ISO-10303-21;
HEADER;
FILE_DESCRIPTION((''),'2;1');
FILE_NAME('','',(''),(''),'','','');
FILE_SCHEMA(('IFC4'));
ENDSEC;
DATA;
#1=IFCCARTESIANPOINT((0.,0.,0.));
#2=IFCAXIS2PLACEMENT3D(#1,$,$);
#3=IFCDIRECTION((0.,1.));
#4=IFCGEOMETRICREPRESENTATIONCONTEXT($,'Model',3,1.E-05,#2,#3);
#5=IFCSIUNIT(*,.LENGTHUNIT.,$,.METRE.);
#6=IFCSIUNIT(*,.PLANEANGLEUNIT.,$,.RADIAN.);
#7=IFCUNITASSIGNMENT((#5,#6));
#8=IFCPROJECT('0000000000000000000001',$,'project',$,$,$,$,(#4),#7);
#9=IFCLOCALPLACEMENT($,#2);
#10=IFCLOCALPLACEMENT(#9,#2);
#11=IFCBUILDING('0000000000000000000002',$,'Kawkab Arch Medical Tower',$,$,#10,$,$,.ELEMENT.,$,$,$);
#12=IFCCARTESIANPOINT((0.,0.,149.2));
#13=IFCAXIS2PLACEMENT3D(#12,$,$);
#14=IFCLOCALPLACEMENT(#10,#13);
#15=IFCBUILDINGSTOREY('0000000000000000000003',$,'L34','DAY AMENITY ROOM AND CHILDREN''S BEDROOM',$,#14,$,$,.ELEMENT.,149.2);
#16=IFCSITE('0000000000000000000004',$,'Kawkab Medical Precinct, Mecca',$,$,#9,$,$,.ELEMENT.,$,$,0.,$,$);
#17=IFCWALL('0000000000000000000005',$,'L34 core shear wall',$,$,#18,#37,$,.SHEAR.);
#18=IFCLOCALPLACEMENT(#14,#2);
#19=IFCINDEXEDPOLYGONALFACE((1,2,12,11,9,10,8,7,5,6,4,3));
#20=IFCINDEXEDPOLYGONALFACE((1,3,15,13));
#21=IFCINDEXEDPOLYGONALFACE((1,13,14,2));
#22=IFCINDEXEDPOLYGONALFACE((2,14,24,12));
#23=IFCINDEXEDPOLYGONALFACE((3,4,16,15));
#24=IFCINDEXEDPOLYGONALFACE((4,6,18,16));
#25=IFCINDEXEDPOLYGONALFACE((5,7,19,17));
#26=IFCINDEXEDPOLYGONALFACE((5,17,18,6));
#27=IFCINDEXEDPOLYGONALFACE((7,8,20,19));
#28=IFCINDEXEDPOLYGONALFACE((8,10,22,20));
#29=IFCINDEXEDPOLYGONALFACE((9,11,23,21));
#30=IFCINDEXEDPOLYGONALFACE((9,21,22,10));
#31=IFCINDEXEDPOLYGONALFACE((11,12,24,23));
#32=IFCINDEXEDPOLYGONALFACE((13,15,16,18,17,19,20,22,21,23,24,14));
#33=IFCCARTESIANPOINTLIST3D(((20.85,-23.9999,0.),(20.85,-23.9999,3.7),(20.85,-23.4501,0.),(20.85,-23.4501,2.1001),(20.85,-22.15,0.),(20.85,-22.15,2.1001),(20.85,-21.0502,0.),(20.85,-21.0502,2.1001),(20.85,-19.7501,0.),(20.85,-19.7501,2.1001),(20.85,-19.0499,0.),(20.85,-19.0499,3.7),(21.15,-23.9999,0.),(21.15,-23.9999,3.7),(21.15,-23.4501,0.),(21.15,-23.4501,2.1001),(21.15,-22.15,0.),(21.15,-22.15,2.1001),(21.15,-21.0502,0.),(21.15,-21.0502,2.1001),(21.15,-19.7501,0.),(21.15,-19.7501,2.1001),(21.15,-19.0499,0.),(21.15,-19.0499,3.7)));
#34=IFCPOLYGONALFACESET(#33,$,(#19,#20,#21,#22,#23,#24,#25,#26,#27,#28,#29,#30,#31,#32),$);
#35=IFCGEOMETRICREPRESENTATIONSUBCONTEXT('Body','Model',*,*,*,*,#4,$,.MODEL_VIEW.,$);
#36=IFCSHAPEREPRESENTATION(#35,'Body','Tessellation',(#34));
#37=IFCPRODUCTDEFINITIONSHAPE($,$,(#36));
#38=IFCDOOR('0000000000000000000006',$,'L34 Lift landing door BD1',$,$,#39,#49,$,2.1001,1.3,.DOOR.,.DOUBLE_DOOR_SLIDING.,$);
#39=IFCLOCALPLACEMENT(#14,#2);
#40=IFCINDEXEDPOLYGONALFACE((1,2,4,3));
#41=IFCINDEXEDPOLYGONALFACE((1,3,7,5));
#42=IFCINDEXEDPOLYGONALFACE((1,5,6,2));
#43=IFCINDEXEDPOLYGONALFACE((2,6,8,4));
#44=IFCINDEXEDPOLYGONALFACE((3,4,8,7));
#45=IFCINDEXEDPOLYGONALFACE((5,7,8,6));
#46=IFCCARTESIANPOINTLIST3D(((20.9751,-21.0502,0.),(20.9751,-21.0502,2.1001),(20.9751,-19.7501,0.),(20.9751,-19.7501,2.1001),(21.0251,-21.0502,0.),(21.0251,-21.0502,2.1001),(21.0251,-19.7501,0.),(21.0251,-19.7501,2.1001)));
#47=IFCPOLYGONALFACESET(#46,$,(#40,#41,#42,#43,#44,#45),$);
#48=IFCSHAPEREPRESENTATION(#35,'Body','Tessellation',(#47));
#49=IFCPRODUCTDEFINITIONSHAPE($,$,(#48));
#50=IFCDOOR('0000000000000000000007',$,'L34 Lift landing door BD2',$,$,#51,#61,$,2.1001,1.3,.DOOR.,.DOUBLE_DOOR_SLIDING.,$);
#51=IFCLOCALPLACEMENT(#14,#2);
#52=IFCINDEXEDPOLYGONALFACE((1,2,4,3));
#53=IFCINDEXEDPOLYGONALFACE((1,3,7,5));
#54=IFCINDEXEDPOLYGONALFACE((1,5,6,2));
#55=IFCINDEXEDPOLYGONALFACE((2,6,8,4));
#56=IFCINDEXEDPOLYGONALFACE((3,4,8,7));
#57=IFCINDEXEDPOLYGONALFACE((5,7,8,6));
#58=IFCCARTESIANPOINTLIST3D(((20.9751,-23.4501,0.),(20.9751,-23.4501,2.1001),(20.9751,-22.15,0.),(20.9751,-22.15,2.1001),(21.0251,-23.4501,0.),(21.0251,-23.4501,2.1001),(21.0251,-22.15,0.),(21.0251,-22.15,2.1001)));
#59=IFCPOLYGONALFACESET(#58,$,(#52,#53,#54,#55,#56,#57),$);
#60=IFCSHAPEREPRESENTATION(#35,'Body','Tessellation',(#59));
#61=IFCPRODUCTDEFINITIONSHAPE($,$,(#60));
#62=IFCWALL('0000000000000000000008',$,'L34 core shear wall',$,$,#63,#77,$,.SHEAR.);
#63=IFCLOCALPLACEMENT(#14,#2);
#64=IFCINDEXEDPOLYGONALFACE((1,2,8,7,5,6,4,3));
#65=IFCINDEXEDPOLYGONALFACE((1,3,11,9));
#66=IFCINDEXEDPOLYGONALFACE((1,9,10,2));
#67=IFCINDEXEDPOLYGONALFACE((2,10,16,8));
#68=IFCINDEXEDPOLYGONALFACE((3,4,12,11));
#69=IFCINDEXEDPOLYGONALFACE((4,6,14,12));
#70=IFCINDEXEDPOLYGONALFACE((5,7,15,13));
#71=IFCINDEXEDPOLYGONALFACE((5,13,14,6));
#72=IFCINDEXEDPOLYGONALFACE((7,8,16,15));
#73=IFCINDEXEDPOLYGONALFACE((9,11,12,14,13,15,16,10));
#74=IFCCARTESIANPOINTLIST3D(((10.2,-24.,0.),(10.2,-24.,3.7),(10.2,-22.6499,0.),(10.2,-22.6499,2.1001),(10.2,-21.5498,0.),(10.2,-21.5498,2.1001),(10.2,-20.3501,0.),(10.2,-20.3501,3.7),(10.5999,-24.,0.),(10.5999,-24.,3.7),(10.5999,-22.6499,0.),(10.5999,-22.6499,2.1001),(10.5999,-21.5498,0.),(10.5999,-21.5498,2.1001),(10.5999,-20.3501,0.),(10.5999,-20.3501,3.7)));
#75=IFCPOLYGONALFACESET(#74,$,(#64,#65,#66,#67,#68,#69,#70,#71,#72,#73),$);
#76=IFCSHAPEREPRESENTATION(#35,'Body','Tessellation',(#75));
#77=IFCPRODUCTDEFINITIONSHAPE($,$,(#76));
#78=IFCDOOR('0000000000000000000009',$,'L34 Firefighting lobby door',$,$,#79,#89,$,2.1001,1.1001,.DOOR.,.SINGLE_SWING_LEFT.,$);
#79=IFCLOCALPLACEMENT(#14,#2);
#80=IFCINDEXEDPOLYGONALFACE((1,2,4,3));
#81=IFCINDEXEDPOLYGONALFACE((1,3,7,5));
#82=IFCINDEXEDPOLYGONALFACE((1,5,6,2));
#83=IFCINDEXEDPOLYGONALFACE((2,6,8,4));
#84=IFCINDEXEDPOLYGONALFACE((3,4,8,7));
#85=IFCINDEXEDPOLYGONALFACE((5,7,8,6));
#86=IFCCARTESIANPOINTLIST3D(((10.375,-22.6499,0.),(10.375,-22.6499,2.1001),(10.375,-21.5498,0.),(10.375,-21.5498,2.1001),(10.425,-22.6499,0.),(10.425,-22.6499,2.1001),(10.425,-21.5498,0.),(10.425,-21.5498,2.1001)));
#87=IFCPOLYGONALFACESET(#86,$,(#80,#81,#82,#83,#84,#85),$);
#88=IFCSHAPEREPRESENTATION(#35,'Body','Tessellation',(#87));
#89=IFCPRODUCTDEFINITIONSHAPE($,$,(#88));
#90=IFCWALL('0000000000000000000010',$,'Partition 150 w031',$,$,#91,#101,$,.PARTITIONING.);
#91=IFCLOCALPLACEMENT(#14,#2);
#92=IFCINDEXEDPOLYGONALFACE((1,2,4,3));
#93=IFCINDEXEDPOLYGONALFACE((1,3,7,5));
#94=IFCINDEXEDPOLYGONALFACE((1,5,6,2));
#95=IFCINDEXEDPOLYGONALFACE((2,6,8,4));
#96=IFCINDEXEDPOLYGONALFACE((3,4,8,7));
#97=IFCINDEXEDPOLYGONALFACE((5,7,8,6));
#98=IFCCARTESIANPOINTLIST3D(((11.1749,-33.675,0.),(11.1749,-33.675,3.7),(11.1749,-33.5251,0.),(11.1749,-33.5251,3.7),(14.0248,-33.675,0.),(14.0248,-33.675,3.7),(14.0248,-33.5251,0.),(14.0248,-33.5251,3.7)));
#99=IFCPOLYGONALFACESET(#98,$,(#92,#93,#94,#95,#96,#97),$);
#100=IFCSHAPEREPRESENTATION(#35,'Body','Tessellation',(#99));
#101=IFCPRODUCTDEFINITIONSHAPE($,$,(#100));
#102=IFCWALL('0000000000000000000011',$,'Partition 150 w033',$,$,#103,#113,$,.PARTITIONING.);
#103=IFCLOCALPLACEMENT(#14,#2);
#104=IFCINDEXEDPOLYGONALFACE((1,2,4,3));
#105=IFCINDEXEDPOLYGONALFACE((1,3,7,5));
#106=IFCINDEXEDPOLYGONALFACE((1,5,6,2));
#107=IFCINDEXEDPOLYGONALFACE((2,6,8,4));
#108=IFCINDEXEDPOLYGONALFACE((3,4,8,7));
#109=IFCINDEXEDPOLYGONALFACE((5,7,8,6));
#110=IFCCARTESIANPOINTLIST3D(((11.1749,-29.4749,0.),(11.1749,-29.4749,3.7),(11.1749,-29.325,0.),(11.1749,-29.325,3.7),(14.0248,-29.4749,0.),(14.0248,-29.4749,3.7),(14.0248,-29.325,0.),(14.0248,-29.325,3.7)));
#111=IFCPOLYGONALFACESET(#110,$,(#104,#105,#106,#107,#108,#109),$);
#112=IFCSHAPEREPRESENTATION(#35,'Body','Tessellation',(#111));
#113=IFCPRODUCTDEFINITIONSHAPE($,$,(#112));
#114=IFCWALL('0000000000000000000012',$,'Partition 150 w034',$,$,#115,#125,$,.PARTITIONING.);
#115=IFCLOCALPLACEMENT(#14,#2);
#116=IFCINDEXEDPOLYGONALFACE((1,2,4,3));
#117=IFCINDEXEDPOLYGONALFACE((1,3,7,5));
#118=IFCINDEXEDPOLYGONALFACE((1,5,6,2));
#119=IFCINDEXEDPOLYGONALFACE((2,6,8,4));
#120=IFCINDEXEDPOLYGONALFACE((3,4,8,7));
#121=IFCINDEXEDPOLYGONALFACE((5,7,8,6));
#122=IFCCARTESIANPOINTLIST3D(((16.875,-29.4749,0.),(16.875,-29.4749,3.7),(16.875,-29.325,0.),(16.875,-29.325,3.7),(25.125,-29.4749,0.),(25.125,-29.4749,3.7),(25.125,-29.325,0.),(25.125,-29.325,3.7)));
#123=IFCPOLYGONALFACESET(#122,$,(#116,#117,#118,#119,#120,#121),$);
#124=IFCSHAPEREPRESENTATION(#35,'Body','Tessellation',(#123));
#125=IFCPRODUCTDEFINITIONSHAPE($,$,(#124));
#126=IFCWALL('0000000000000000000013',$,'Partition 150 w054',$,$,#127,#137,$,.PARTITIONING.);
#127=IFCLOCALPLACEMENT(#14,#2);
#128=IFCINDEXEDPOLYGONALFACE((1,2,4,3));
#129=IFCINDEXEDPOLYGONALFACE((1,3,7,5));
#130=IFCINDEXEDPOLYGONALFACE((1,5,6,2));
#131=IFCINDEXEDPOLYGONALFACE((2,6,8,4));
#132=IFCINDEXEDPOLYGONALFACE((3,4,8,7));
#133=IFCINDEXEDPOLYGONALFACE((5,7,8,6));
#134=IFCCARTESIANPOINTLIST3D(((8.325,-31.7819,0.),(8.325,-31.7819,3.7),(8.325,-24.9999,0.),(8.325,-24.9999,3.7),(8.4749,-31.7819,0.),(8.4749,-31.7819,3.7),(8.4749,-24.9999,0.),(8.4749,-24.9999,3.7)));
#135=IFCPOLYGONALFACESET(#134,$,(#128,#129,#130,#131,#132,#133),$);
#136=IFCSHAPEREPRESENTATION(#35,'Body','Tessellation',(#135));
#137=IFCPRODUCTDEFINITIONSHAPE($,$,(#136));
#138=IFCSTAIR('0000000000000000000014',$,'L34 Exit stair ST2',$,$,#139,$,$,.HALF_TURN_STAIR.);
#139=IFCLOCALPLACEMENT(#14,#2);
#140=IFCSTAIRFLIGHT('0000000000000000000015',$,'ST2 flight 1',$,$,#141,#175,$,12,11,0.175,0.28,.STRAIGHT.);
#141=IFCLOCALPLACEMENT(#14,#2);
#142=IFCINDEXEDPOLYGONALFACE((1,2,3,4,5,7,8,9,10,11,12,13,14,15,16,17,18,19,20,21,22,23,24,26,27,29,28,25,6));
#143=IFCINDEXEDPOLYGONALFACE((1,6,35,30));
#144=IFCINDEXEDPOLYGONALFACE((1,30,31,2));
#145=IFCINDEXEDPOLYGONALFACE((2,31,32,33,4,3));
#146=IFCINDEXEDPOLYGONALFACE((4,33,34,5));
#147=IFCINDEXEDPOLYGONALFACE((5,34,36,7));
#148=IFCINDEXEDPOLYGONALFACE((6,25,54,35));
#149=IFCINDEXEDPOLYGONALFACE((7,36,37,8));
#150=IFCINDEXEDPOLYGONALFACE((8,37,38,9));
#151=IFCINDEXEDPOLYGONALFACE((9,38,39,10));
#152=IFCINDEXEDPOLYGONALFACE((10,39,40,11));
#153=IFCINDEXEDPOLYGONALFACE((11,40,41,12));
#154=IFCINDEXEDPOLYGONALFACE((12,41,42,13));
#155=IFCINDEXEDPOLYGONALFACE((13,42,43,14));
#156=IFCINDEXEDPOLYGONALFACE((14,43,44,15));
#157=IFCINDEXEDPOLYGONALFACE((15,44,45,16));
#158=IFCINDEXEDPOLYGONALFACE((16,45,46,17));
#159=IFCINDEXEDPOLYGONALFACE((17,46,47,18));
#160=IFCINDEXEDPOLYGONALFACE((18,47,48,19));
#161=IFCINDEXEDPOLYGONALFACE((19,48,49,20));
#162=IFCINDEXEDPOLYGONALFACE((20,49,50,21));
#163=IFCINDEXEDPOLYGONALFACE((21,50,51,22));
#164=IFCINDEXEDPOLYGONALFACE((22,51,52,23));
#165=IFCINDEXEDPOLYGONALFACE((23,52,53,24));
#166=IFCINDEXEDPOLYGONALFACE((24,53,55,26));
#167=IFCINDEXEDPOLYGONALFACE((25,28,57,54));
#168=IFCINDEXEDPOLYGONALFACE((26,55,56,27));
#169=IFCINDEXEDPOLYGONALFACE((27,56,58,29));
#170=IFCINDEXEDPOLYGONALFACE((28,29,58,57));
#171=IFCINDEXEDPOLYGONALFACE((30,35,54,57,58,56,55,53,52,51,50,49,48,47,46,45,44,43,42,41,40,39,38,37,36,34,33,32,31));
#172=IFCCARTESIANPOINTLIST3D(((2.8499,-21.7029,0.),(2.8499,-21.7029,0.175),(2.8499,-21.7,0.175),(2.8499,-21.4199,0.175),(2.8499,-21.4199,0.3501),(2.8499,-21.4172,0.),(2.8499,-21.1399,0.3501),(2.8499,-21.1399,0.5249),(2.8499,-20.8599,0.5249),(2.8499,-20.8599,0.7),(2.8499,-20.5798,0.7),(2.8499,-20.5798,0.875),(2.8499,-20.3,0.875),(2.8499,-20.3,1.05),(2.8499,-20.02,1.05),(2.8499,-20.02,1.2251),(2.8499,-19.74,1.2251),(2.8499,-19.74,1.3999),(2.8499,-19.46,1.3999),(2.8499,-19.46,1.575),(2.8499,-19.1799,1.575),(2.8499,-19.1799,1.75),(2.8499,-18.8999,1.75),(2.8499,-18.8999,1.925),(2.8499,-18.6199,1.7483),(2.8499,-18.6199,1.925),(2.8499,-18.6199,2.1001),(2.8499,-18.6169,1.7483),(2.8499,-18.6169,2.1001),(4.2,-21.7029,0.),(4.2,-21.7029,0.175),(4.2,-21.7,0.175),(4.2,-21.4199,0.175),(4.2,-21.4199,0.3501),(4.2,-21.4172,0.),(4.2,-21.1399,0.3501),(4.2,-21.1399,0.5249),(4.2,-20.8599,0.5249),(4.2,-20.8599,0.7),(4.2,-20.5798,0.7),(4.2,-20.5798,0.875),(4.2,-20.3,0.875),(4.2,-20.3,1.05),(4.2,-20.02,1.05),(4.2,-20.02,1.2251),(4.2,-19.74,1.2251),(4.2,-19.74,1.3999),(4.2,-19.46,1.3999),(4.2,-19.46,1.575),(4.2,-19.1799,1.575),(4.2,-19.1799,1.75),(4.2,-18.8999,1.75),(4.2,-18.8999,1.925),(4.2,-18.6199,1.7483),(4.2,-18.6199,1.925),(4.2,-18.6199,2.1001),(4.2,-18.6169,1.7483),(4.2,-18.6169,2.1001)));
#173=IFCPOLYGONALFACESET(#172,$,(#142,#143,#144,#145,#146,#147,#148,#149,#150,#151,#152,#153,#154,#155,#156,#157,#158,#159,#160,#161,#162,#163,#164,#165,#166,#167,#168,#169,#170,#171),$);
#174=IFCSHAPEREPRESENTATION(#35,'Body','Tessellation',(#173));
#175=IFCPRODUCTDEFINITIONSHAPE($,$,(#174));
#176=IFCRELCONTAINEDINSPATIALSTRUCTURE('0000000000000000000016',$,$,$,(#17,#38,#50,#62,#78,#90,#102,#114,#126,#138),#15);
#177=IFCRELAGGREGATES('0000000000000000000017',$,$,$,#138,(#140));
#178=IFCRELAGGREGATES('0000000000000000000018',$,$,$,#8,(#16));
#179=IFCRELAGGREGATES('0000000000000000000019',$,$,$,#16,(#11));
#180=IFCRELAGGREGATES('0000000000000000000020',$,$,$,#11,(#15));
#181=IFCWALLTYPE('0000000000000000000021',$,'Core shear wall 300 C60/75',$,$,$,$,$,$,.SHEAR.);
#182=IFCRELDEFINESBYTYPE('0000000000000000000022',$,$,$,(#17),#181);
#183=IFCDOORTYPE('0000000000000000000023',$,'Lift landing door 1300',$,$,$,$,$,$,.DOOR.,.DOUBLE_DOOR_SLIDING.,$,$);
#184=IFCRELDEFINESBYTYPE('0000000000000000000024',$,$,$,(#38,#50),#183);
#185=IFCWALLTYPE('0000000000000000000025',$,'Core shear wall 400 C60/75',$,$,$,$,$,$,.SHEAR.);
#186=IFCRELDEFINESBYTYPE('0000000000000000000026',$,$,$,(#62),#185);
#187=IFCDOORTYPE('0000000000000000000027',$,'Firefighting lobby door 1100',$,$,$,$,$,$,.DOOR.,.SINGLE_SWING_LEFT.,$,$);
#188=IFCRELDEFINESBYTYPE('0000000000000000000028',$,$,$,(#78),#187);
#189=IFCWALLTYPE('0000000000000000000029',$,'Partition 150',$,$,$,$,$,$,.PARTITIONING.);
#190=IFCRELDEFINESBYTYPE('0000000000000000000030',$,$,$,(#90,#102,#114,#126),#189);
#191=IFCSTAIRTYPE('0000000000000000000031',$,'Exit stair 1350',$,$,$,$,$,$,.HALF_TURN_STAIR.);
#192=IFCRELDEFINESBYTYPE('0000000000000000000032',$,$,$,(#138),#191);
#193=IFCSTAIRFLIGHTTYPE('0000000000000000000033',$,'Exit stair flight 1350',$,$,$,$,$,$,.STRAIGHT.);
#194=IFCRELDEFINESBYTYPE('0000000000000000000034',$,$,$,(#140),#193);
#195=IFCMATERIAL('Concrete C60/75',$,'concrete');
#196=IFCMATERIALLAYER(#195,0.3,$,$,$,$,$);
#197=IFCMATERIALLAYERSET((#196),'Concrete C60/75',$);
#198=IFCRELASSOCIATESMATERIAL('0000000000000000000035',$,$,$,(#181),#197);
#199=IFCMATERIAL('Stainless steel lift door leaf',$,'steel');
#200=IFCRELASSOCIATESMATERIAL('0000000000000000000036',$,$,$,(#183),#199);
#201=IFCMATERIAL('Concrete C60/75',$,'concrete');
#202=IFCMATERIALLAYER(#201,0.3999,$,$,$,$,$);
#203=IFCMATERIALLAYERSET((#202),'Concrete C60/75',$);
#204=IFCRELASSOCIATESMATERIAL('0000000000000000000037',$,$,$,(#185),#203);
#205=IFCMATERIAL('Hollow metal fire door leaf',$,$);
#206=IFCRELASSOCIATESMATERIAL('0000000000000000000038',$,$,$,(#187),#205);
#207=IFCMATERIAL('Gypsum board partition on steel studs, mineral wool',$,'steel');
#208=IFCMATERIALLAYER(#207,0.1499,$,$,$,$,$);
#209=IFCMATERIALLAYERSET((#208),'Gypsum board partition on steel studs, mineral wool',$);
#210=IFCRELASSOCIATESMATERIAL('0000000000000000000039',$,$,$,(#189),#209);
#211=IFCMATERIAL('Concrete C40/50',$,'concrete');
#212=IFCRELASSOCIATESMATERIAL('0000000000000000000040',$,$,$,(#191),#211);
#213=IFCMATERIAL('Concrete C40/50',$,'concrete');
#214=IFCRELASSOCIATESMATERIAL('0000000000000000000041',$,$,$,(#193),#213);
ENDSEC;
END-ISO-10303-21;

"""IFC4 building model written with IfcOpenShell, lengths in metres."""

from ifc_helpers import new_model, si_unit, direction, frame, frame_2d, origin, place, context, subcontext, project, spatial, polyline, rectangle, outline, extrude, material, layer, layer_set, type_object, element, fill, aggregate, save


model = new_model("IFC4")

# Units and contexts
model_context = context("Model", 3, precision=1e-05, world=origin(), true_north=direction((0.0, 1.0)))
body_context = subcontext(model_context, "Body", "Model", "MODEL_VIEW")
ifc_project = project(units=[si_unit("LENGTHUNIT", "METRE"), si_unit("PLANEANGLEUNIT", "RADIAN")], contexts=[model_context])

# Site, building, storey
site_placement = place(None, origin())
site = spatial("IfcSite", under=ifc_project, at=site_placement, Name="Kawkab Medical Precinct, Mecca", CompositionType="ELEMENT", RefElevation=0.0)
building_placement = place(site_placement, origin())
building = spatial("IfcBuilding", under=site, at=building_placement, Name="Kawkab Arch Medical Tower", CompositionType="ELEMENT")
storey_placement = place(building_placement, frame((0.0, 0.0, 149.2)))
storey = spatial("IfcBuildingStorey", under=building, at=storey_placement, Name="L34", Description="DAY AMENITY ROOM AND CHILDREN'S BEDROOM", CompositionType="ELEMENT", Elevation=149.2)

# Wall, openings, doors
ifc_material_1 = material(Name="Concrete C60/75", Category="concrete")
ifc_layer_1 = layer(ifc_material_1, 0.3)
ifc_layer_set_1 = layer_set([ifc_layer_1], Name="Concrete C60/75")
wall_type_1 = type_object("IfcWallType", Name="Core shear wall 300 C60/75", PredefinedType="SHEAR", material=ifc_layer_set_1)
wall_1_placement = place(storey_placement, frame((21.0, -24.0, 0.0), z_axis=(0.0, 0.0, 1.0), x_axis=(0.0, 1.0, 0.0)))
wall_1 = element("IfcWall", 1, at=wall_1_placement, inside=storey, type_object=wall_type_1, Name="L34 core shear wall", PredefinedType="SHEAR", context=body_context, shape_type="SweptSolid", body=[
    extrude(rectangle(XDim=4.95, YDim=0.3, at=frame_2d((2.4751, 0.0))), origin(), (0.0, 0.0, 1.0), 3.7),
])
opening_1_placement = place(wall_1_placement, frame((2.95, 0.0, 0.0)))
opening_1 = element("IfcOpeningElement", 2, at=opening_1_placement, cuts=wall_1, PredefinedType="OPENING", context=body_context, shape_type="SweptSolid", body=[
    extrude(rectangle(XDim=1.3, YDim=2.1001, at=frame_2d((0.6499, 1.05))), frame((0.0, 0.1599, 0.0), z_axis=(0.0, -1.0, 0.0), x_axis=(1.0, 0.0, 0.0)), (0.0, 0.0, 1.0), 0.3201),
])
opening_2_placement = place(wall_1_placement, frame((0.55, 0.0, 0.0)))
opening_2 = element("IfcOpeningElement", 3, at=opening_2_placement, cuts=wall_1, PredefinedType="OPENING", context=body_context, shape_type="SweptSolid", body=[
    extrude(rectangle(XDim=1.3, YDim=2.1001, at=frame_2d((0.6499, 1.05))), frame((0.0, 0.1599, 0.0), z_axis=(0.0, -1.0, 0.0), x_axis=(1.0, 0.0, 0.0)), (0.0, 0.0, 1.0), 0.3201),
])
ifc_material_2 = material(Name="Stainless steel lift door leaf", Category="steel")
door_type_1 = type_object("IfcDoorType", Name="Lift landing door 1300", OperationType="DOUBLE_DOOR_SLIDING", PredefinedType="DOOR", material=ifc_material_2)
door_1_placement = place(opening_1_placement, origin())
door_1 = element("IfcDoor", 4, at=door_1_placement, inside=storey, type_object=door_type_1, Name="L34 Lift landing door BD1", OperationType="DOUBLE_DOOR_SLIDING", OverallHeight=2.1001, OverallWidth=1.3, PredefinedType="DOOR", context=body_context, shape_type="SweptSolid", body=[
    extrude(rectangle(XDim=1.3, YDim=2.1001, at=frame_2d((0.6499, 1.05))), frame((0.0, 0.0249, 0.0), z_axis=(0.0, -1.0, 0.0), x_axis=(1.0, 0.0, 0.0)), (0.0, 0.0, 1.0), 0.05),
])
fill(opening_1, door_1)
door_2_placement = place(opening_2_placement, origin())
door_2 = element("IfcDoor", 5, at=door_2_placement, inside=storey, type_object=door_type_1, Name="L34 Lift landing door BD2", OperationType="DOUBLE_DOOR_SLIDING", OverallHeight=2.1001, OverallWidth=1.3, PredefinedType="DOOR", context=body_context, shape_type="SweptSolid", body=[
    extrude(rectangle(XDim=1.3, YDim=2.1001, at=frame_2d((0.6499, 1.05))), frame((0.0, 0.0249, 0.0), z_axis=(0.0, -1.0, 0.0), x_axis=(1.0, 0.0, 0.0)), (0.0, 0.0, 1.0), 0.05),
])
fill(opening_2, door_2)

# Wall, opening, door
ifc_material_3 = material(Name="Concrete C60/75", Category="concrete")
ifc_layer_2 = layer(ifc_material_3, 0.3999)
ifc_layer_set_2 = layer_set([ifc_layer_2], Name="Concrete C60/75")
wall_type_2 = type_object("IfcWallType", Name="Core shear wall 400 C60/75", PredefinedType="SHEAR", material=ifc_layer_set_2)
wall_2_placement = place(storey_placement, frame((10.3999, -24.0, 0.0), z_axis=(0.0, 0.0, 1.0), x_axis=(0.0, 1.0, 0.0)))
wall_2 = element("IfcWall", 6, at=wall_2_placement, inside=storey, type_object=wall_type_2, Name="L34 core shear wall", PredefinedType="SHEAR", context=body_context, shape_type="SweptSolid", body=[
    extrude(rectangle(XDim=3.6499, YDim=0.3999, at=frame_2d((1.825, 0.0))), origin(), (0.0, 0.0, 1.0), 3.7),
])
opening_3_placement = place(wall_2_placement, frame((1.3501, 0.0, 0.0)))
opening_3 = element("IfcOpeningElement", 7, at=opening_3_placement, cuts=wall_2, PredefinedType="OPENING", context=body_context, shape_type="SweptSolid", body=[
    extrude(rectangle(XDim=1.1001, YDim=2.1001, at=frame_2d((0.55, 1.05))), frame((0.0, 0.21, 0.0), z_axis=(0.0, -1.0, 0.0), x_axis=(1.0, 0.0, 0.0)), (0.0, 0.0, 1.0), 0.4199),
])
ifc_material_4 = material(Name="Hollow metal fire door leaf")
door_type_2 = type_object("IfcDoorType", Name="Firefighting lobby door 1100", OperationType="SINGLE_SWING_LEFT", PredefinedType="DOOR", material=ifc_material_4)
door_3_placement = place(opening_3_placement, origin())
door_3 = element("IfcDoor", 8, at=door_3_placement, inside=storey, type_object=door_type_2, Name="L34 Firefighting lobby door", OperationType="SINGLE_SWING_LEFT", OverallHeight=2.1001, OverallWidth=1.1001, PredefinedType="DOOR", context=body_context, shape_type="SweptSolid", body=[
    extrude(rectangle(XDim=1.1001, YDim=2.1001, at=frame_2d((0.55, 1.05))), frame((0.0, 0.0249, 0.0), z_axis=(0.0, -1.0, 0.0), x_axis=(1.0, 0.0, 0.0)), (0.0, 0.0, 1.0), 0.05),
])
fill(opening_3, door_3)

# Walls
ifc_material_5 = material(Name="Gypsum board partition on steel studs, mineral wool", Category="steel")
ifc_layer_3 = layer(ifc_material_5, 0.1499)
ifc_layer_set_3 = layer_set([ifc_layer_3], Name="Gypsum board partition on steel studs, mineral wool")
wall_type_3 = type_object("IfcWallType", Name="Partition 150", PredefinedType="PARTITIONING", material=ifc_layer_set_3)
for number, where, z_axis, x_axis, name in (
    (9, (11.175, -33.6001, 0.0), (0.0, 0.0, 1.0), (1.0, 0.0, 0.0), "Partition 150 w031"),
    (10, (11.175, -29.3999, 0.0), (0.0, 0.0, 1.0), (1.0, 0.0, 0.0), "Partition 150 w033"),
):
    element("IfcWall", number, at=place(storey_placement, frame(where, z_axis=z_axis, x_axis=x_axis)), inside=storey, type_object=wall_type_3, Name=name, PredefinedType="PARTITIONING", context=body_context, shape_type="SweptSolid", body=[
        extrude(rectangle(XDim=2.8499, YDim=0.1499, at=frame_2d((1.4248, 0.0))), origin(), (0.0, 0.0, 1.0), 3.7),
    ])
wall_3_placement = place(storey_placement, frame((16.875, -29.3999, 0.0), z_axis=(0.0, 0.0, 1.0), x_axis=(1.0, 0.0, 0.0)))
element("IfcWall", 11, at=wall_3_placement, inside=storey, type_object=wall_type_3, Name="Partition 150 w034", PredefinedType="PARTITIONING", context=body_context, shape_type="SweptSolid", body=[
    extrude(rectangle(XDim=8.25, YDim=0.1499, at=frame_2d((4.125, 0.0))), origin(), (0.0, 0.0, 1.0), 3.7),
])
wall_4_placement = place(storey_placement, frame((8.3999, -31.782, 0.0), z_axis=(0.0, 0.0, 1.0), x_axis=(0.0, 1.0, 0.0)))
element("IfcWall", 12, at=wall_4_placement, inside=storey, type_object=wall_type_3, Name="Partition 150 w054", PredefinedType="PARTITIONING", context=body_context, shape_type="SweptSolid", body=[
    extrude(rectangle(XDim=6.782, YDim=0.1499, at=frame_2d((3.3911, 0.0))), origin(), (0.0, 0.0, 1.0), 3.7),
])

# Stair, stair flight
ifc_material_6 = material(Name="Concrete C40/50", Category="concrete")
stair_type = type_object("IfcStairType", Name="Exit stair 1350", PredefinedType="HALF_TURN_STAIR", material=ifc_material_6)
placement = place(storey_placement, origin())
stair_1 = element("IfcStair", 13, at=placement, inside=storey, type_object=stair_type, Name="L34 Exit stair ST2", PredefinedType="HALF_TURN_STAIR")
ifc_material_7 = material(Name="Concrete C40/50", Category="concrete")
stair_flight_type = type_object("IfcStairFlightType", Name="Exit stair flight 1350", PredefinedType="STRAIGHT", material=ifc_material_7)
stair_flight_1_placement = place(storey_placement, frame((3.5249, -21.7, 0.0), z_axis=(0.0, 0.0, 1.0), x_axis=(0.0, 1.0, 0.0)))
stair_flight_1 = element("IfcStairFlight", 14, at=stair_flight_1_placement, type_object=stair_flight_type, Name="ST2 flight 1", NumberOfRisers=12, NumberOfTreads=11, PredefinedType="STRAIGHT", RiserHeight=0.175, TreadLength=0.28, context=body_context, shape_type="SweptSolid", body=[
    extrude(outline(polyline([(-0.0029, 0.0), (-0.0029, 0.175), (0.0, 0.175), (0.28, 0.175), (0.28, 0.3501), (0.5601, 0.3501), (0.5601, 0.5249), (0.8401, 0.5249), (0.8401, 0.7), (1.1201, 0.7), (1.1201, 0.875), (1.3999, 0.875), (1.3999, 1.05), (1.6799, 1.05), (1.6799, 1.2251), (1.96, 1.2251), (1.96, 1.3999), (2.24, 1.3999), (2.24, 1.575), (2.52, 1.575), (2.52, 1.75), (2.8, 1.75), (2.8, 1.925), (3.0801, 1.925), (3.0801, 2.1001), (3.083, 2.1001), (3.083, 1.7483), (3.0801, 1.7483), (0.2827, 0.0), (-0.0029, 0.0)])), frame((0.0, 0.675, 0.0), z_axis=(0.0, -1.0, 0.0), x_axis=(1.0, 0.0, 0.0)), (0.0, 0.0, 1.0), 1.3501),
])
aggregate(stair_1, [stair_flight_1])

save(model, "model.ifc")
